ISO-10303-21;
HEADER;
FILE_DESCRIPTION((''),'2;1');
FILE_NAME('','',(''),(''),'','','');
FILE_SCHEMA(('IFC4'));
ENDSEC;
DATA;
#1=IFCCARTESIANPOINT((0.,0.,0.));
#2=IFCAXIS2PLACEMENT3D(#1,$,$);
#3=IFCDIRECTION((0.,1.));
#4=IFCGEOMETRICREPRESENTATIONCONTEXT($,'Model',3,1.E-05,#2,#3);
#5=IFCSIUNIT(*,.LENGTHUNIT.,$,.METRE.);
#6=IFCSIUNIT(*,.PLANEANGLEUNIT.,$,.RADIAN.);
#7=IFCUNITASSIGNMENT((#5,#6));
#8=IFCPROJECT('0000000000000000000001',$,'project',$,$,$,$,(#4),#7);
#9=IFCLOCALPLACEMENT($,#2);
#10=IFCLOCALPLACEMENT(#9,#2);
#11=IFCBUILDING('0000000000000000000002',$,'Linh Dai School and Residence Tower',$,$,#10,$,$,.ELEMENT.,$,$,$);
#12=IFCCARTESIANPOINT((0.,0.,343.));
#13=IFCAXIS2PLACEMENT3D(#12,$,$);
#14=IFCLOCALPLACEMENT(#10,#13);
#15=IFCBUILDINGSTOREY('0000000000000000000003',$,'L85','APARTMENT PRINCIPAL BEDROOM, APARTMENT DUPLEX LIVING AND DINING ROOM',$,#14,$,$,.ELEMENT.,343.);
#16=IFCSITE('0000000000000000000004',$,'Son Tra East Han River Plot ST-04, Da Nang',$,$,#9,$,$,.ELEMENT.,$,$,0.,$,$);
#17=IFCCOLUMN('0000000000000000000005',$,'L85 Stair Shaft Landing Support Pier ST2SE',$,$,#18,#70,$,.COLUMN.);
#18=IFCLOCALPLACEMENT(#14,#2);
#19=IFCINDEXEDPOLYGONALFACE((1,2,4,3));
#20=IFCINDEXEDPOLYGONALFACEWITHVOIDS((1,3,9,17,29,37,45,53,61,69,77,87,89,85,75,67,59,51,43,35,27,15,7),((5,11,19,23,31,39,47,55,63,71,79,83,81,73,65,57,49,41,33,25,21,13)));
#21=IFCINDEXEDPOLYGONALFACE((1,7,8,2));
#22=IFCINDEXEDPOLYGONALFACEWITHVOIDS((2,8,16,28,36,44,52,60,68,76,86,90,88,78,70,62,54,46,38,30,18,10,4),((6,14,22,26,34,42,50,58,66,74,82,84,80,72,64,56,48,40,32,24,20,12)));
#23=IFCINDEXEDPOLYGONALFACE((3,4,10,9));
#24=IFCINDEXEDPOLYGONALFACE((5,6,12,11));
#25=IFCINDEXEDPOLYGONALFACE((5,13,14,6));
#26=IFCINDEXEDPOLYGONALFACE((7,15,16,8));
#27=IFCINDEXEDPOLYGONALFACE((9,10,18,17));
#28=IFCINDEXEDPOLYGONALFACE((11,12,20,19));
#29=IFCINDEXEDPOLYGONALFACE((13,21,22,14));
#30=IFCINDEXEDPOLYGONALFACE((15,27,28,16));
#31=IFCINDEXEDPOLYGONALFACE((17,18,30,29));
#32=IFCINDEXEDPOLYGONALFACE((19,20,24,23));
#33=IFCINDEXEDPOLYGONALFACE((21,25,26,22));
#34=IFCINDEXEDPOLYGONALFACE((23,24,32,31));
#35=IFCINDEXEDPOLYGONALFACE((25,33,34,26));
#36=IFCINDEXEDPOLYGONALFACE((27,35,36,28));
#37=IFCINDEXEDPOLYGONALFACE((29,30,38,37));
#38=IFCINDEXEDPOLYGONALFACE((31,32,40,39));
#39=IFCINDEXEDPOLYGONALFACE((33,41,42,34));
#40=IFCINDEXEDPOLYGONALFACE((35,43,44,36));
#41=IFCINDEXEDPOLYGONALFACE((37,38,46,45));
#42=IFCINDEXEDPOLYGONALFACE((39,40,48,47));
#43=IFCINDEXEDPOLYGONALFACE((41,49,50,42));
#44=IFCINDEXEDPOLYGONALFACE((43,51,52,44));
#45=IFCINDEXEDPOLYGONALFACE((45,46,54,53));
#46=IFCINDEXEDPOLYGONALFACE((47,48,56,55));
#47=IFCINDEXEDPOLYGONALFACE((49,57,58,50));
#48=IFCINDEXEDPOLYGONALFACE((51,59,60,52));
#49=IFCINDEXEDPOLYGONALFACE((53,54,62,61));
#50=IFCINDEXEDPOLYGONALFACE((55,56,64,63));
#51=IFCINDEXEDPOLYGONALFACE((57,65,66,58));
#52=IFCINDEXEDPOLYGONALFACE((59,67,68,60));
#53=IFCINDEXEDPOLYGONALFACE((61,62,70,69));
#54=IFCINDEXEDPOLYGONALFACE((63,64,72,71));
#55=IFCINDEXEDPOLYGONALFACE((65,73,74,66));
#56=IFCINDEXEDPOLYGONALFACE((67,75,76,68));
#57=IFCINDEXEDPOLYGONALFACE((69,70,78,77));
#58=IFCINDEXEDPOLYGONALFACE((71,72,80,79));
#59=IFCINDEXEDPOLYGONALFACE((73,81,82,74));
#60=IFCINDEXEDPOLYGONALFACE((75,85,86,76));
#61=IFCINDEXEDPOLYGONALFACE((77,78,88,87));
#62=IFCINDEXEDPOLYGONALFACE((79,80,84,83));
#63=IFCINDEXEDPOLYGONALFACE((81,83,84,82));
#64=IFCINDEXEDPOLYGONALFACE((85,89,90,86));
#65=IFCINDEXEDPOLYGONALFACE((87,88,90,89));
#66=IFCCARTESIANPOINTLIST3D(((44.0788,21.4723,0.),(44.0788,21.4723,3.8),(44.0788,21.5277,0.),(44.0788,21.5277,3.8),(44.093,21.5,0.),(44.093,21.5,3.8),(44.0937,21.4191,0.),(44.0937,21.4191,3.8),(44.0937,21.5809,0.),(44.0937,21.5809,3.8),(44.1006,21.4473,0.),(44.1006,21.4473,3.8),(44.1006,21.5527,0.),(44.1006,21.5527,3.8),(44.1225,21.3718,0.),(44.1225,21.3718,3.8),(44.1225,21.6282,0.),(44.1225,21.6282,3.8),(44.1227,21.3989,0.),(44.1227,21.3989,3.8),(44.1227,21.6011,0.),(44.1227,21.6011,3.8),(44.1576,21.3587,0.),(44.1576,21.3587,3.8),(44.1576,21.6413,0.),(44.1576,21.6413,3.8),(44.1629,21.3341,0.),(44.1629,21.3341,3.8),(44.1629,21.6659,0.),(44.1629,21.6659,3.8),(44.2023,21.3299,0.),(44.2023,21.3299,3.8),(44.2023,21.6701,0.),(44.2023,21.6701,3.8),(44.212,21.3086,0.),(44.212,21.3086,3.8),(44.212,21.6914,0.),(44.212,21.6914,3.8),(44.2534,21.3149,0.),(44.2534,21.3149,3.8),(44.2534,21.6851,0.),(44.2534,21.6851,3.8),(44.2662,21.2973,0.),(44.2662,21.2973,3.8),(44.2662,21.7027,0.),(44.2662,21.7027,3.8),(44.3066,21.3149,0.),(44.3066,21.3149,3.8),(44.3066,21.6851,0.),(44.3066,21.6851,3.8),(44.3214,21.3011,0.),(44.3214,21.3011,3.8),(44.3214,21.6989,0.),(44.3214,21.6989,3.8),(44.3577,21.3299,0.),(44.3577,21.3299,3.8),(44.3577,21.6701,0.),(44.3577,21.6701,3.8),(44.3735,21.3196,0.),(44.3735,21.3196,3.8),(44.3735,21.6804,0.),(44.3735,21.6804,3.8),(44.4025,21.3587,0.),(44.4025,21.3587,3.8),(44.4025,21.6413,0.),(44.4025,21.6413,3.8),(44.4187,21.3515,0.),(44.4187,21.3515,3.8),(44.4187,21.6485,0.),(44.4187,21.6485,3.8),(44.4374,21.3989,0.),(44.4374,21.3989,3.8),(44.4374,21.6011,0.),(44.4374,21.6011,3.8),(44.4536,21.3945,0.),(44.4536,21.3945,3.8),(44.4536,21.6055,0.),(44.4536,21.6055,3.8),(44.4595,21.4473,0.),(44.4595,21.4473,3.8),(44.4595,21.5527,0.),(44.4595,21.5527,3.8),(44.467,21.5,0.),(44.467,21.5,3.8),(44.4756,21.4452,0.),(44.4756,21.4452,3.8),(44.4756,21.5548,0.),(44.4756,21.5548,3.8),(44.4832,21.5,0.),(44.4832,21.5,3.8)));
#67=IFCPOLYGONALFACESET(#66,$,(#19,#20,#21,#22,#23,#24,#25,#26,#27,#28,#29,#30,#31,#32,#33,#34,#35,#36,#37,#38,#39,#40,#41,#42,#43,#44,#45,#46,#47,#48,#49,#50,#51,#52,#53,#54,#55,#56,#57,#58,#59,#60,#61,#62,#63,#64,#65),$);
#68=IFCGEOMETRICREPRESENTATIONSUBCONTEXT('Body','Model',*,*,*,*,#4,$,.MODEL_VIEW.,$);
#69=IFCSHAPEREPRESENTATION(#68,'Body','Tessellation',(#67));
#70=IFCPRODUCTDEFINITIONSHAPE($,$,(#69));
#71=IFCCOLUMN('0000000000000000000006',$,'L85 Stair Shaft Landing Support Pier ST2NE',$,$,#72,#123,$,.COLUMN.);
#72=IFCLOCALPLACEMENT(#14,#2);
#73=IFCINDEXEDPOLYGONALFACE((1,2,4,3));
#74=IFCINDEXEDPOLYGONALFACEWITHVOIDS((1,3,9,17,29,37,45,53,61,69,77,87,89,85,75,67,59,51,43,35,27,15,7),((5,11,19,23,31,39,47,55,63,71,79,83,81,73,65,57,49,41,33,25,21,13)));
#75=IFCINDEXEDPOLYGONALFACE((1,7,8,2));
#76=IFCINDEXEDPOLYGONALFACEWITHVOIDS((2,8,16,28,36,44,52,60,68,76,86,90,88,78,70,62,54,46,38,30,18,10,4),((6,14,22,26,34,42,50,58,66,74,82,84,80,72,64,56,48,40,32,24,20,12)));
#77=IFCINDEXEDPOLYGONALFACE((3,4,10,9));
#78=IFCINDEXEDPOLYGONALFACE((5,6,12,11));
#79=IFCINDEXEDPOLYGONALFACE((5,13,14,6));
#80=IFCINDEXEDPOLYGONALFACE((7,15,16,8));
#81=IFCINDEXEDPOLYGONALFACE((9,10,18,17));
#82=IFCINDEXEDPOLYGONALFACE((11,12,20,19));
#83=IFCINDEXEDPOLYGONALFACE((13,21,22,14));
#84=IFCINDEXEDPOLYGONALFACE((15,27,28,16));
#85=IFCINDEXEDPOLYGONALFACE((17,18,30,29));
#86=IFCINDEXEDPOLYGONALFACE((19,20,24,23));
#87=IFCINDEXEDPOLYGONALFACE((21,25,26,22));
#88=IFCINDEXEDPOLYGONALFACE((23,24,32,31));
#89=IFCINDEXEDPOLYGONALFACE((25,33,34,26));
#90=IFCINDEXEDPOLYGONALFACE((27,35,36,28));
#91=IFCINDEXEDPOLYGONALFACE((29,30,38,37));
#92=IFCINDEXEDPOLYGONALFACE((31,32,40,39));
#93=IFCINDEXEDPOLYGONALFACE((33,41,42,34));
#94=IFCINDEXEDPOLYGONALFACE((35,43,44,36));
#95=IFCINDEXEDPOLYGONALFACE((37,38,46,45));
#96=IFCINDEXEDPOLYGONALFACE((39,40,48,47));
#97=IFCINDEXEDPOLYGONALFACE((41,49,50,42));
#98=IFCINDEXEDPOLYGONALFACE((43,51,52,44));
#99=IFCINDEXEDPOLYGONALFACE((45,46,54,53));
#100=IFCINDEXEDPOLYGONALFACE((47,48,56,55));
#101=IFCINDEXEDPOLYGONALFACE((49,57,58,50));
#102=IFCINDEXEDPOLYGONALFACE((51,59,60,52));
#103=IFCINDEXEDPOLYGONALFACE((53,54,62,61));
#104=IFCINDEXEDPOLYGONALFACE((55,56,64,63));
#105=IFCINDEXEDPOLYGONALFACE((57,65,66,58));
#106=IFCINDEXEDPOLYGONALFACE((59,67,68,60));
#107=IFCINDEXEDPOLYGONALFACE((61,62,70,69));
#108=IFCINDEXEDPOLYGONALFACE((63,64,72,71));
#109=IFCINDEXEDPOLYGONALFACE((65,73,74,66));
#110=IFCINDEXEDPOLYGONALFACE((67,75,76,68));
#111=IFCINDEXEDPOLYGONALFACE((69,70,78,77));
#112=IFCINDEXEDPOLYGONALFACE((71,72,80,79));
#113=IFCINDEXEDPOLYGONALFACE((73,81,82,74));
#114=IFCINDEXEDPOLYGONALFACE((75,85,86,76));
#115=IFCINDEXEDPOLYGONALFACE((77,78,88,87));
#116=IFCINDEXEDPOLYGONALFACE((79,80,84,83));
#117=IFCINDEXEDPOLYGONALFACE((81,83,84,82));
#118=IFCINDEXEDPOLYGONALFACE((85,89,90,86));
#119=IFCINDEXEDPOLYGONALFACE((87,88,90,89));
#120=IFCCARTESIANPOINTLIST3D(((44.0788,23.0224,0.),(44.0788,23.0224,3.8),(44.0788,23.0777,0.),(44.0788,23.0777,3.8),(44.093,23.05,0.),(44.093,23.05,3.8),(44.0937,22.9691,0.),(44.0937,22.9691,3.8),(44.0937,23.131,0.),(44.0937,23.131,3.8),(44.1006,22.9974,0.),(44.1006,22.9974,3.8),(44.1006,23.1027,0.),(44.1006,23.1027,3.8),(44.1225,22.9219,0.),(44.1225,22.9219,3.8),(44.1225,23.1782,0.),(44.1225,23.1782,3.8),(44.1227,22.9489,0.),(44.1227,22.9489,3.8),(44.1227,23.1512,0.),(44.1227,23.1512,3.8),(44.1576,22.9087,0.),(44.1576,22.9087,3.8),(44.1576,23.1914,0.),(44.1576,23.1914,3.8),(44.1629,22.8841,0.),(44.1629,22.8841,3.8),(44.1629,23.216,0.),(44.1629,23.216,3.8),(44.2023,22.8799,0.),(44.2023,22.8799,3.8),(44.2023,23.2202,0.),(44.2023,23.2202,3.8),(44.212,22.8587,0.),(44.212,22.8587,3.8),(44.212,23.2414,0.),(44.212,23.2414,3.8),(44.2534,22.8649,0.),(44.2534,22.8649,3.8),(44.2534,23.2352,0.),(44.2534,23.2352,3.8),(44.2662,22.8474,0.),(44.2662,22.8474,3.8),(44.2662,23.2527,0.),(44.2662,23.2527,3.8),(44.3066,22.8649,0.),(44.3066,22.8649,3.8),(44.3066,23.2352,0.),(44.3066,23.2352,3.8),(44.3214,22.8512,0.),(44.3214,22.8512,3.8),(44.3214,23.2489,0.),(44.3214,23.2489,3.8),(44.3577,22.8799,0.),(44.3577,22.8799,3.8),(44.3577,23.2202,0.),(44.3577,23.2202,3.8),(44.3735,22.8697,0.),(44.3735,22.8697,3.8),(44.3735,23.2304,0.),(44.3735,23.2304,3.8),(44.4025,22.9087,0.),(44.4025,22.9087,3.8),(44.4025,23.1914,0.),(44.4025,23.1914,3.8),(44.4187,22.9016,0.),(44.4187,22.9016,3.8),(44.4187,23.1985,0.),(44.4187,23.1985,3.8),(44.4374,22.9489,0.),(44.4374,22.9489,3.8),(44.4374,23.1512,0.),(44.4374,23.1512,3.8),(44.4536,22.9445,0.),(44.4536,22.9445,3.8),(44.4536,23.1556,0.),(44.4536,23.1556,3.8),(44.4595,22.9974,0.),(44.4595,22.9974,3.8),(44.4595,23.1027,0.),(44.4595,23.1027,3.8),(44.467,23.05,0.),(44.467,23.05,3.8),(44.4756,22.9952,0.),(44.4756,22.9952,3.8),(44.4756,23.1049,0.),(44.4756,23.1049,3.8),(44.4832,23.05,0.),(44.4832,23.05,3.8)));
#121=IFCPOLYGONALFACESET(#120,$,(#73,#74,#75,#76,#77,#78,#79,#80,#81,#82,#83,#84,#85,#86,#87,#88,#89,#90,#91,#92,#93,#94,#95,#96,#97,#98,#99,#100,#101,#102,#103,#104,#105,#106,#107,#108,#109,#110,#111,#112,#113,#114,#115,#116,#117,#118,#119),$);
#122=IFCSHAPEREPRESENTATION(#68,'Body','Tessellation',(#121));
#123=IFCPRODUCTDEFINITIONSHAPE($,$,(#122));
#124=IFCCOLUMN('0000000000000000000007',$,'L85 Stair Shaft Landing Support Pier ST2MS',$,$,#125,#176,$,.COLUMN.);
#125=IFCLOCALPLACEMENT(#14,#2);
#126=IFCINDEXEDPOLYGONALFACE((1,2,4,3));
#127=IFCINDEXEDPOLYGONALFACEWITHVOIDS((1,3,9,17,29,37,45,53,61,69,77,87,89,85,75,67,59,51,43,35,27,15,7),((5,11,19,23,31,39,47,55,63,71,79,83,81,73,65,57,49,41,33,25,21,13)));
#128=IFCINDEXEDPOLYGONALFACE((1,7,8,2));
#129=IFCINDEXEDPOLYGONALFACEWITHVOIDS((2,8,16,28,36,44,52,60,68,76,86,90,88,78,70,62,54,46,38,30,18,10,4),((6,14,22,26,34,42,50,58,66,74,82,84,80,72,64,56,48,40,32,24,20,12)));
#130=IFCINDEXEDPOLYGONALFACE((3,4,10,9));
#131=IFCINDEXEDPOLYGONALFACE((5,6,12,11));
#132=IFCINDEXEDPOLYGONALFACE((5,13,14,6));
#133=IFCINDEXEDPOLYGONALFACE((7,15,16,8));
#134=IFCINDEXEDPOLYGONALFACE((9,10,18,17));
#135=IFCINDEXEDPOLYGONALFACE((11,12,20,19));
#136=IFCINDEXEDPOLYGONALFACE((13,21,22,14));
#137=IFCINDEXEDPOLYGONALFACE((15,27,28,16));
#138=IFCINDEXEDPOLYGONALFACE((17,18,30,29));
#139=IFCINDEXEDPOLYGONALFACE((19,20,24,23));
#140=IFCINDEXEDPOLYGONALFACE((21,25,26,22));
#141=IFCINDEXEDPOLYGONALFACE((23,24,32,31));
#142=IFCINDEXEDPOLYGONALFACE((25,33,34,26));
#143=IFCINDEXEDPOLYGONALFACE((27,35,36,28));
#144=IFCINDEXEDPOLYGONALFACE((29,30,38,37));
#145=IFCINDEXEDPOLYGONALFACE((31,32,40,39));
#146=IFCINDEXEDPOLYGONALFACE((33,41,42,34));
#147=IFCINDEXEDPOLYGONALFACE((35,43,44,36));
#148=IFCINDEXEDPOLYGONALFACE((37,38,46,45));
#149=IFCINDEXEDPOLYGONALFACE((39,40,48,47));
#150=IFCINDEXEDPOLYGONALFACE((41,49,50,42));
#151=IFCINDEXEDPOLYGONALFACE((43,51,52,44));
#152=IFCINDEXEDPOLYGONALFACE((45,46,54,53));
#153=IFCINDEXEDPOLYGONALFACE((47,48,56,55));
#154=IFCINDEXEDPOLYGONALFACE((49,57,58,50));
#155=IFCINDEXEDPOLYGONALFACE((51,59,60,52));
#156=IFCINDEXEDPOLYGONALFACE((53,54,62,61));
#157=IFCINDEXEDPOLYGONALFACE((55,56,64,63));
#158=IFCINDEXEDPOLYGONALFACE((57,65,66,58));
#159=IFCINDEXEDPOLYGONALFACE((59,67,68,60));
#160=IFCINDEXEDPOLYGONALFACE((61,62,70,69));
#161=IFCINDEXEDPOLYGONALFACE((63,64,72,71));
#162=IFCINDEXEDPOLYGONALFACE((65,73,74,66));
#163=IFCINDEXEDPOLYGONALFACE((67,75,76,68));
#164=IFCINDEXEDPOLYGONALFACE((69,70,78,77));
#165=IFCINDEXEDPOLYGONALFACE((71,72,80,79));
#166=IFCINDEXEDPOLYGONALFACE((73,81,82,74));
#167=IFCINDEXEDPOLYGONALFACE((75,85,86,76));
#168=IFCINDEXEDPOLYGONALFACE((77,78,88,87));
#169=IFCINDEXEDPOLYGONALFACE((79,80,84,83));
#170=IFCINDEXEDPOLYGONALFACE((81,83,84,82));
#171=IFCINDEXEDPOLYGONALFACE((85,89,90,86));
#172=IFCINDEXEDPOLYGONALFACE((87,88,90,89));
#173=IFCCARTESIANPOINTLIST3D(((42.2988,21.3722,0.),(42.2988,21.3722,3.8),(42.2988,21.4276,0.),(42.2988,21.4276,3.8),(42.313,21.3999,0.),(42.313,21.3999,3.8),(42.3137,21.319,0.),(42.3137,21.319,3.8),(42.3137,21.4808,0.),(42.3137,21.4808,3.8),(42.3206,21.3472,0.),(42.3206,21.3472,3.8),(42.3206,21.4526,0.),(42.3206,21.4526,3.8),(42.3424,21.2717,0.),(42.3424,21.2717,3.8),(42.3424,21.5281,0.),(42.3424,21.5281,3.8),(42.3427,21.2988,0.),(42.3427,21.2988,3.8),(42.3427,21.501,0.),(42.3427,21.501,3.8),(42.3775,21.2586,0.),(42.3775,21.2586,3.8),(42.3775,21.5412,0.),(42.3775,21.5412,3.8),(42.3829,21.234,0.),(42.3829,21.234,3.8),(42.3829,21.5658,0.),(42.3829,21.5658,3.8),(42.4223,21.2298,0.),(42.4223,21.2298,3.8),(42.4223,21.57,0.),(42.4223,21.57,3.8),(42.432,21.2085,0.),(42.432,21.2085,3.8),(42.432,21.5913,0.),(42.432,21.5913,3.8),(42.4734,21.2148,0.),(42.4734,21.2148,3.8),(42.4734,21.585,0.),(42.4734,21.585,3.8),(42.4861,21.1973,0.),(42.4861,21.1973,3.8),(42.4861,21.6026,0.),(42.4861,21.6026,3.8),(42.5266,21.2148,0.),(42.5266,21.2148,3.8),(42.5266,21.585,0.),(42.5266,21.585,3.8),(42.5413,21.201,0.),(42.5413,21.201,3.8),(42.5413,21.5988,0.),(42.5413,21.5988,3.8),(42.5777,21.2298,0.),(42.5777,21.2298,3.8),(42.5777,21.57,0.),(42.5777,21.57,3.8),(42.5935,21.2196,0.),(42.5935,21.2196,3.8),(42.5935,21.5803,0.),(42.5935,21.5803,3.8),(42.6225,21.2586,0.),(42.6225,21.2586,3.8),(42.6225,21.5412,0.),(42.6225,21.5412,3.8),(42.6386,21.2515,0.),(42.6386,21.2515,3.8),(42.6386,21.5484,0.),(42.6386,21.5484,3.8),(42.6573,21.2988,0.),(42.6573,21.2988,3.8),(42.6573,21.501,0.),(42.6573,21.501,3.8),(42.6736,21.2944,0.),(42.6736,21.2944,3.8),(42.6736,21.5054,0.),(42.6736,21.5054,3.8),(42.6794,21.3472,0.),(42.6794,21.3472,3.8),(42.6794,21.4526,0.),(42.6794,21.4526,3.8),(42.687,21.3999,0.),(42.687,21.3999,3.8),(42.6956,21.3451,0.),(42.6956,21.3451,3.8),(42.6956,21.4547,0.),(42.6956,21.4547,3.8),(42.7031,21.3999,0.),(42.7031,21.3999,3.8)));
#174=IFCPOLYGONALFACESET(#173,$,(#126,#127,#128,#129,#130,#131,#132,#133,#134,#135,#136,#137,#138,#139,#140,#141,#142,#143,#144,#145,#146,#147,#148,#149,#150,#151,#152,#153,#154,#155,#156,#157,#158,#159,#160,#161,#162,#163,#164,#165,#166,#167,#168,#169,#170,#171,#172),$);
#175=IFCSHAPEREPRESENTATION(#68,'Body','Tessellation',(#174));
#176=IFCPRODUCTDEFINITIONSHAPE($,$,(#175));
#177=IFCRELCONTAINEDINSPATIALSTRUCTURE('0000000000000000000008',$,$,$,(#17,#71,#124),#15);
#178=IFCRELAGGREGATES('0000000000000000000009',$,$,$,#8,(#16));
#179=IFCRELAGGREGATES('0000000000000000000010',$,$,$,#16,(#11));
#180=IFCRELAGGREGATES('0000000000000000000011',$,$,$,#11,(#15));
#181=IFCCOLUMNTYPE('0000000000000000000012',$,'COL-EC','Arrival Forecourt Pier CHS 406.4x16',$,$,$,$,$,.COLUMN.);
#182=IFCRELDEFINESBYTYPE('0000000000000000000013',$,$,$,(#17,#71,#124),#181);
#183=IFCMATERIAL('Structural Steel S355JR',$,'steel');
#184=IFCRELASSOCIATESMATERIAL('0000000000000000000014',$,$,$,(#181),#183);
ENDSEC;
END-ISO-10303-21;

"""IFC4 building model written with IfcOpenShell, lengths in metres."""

from ifc_helpers import new_model, si_unit, direction, frame, origin, origin_2d, place, context, subcontext, project, spatial, hollow_circle, extrude, material, material_profile, profile_set, type_object, element, save


model = new_model("IFC4")

# Units and contexts
model_context = context("Model", 3, precision=1e-05, world=origin(), true_north=direction((0.0, 1.0)))
body_context = subcontext(model_context, "Body", "Model", "MODEL_VIEW")
ifc_project = project(units=[si_unit("LENGTHUNIT", "METRE"), si_unit("PLANEANGLEUNIT", "RADIAN")], contexts=[model_context])

# Site, building, storey
site_placement = place(None, origin())
site = spatial("IfcSite", under=ifc_project, at=site_placement, Name="Son Tra East Han River Plot ST-04, Da Nang", CompositionType="ELEMENT", RefElevation=0.0)
building_placement = place(site_placement, origin())
building = spatial("IfcBuilding", under=site, at=building_placement, Name="Linh Dai School and Residence Tower", CompositionType="ELEMENT")
storey_placement = place(building_placement, frame((0.0, 0.0, 343.0)))
storey = spatial("IfcBuildingStorey", under=building, at=storey_placement, Name="L85", Description="APARTMENT PRINCIPAL BEDROOM, APARTMENT DUPLEX LIVING AND DINING ROOM", CompositionType="ELEMENT", Elevation=343.0)

# Columns
ifc_material_1 = material(Name="Structural Steel S355JR", Category="steel")
ifc_material_profile_1 = material_profile(ifc_material_1, hollow_circle(Radius=0.2031, WallThickness=0.0161, at=origin_2d()), Name="CHS 406.4x16")
ifc_profile_set_1 = profile_set([ifc_material_profile_1], Name="Structural Steel S355JR")
column_type_1 = type_object("IfcColumnType", Name="COL-EC", Description="Arrival Forecourt Pier CHS 406.4x16", PredefinedType="COLUMN", material=ifc_profile_set_1)
for number, where, z_axis, x_axis, name in (
    (1, (44.28, 21.5, 0.0), (0.0, 0.0, 1.0), (1.0, 0.0, 0.0), "L85 Stair Shaft Landing Support Pier ST2SE"),
    (2, (44.28, 23.05, 0.0), (0.0, 0.0, 1.0), (1.0, 0.0, 0.0), "L85 Stair Shaft Landing Support Pier ST2NE"),
    (3, (42.5, 21.3999, 0.0), (0.0, 0.0, 1.0), (1.0, 0.0, 0.0), "L85 Stair Shaft Landing Support Pier ST2MS"),
):
    element("IfcColumn", number, at=place(storey_placement, frame(where, z_axis=z_axis, x_axis=x_axis)), inside=storey, type_object=column_type_1, Name=name, PredefinedType="COLUMN", context=body_context, shape_type="SweptSolid", body=[
        extrude(hollow_circle(Radius=0.2031, WallThickness=0.0161, at=origin_2d()), origin(), (0.0, 0.0, 1.0), 3.8),
    ])

save(model, "model.ifc")
